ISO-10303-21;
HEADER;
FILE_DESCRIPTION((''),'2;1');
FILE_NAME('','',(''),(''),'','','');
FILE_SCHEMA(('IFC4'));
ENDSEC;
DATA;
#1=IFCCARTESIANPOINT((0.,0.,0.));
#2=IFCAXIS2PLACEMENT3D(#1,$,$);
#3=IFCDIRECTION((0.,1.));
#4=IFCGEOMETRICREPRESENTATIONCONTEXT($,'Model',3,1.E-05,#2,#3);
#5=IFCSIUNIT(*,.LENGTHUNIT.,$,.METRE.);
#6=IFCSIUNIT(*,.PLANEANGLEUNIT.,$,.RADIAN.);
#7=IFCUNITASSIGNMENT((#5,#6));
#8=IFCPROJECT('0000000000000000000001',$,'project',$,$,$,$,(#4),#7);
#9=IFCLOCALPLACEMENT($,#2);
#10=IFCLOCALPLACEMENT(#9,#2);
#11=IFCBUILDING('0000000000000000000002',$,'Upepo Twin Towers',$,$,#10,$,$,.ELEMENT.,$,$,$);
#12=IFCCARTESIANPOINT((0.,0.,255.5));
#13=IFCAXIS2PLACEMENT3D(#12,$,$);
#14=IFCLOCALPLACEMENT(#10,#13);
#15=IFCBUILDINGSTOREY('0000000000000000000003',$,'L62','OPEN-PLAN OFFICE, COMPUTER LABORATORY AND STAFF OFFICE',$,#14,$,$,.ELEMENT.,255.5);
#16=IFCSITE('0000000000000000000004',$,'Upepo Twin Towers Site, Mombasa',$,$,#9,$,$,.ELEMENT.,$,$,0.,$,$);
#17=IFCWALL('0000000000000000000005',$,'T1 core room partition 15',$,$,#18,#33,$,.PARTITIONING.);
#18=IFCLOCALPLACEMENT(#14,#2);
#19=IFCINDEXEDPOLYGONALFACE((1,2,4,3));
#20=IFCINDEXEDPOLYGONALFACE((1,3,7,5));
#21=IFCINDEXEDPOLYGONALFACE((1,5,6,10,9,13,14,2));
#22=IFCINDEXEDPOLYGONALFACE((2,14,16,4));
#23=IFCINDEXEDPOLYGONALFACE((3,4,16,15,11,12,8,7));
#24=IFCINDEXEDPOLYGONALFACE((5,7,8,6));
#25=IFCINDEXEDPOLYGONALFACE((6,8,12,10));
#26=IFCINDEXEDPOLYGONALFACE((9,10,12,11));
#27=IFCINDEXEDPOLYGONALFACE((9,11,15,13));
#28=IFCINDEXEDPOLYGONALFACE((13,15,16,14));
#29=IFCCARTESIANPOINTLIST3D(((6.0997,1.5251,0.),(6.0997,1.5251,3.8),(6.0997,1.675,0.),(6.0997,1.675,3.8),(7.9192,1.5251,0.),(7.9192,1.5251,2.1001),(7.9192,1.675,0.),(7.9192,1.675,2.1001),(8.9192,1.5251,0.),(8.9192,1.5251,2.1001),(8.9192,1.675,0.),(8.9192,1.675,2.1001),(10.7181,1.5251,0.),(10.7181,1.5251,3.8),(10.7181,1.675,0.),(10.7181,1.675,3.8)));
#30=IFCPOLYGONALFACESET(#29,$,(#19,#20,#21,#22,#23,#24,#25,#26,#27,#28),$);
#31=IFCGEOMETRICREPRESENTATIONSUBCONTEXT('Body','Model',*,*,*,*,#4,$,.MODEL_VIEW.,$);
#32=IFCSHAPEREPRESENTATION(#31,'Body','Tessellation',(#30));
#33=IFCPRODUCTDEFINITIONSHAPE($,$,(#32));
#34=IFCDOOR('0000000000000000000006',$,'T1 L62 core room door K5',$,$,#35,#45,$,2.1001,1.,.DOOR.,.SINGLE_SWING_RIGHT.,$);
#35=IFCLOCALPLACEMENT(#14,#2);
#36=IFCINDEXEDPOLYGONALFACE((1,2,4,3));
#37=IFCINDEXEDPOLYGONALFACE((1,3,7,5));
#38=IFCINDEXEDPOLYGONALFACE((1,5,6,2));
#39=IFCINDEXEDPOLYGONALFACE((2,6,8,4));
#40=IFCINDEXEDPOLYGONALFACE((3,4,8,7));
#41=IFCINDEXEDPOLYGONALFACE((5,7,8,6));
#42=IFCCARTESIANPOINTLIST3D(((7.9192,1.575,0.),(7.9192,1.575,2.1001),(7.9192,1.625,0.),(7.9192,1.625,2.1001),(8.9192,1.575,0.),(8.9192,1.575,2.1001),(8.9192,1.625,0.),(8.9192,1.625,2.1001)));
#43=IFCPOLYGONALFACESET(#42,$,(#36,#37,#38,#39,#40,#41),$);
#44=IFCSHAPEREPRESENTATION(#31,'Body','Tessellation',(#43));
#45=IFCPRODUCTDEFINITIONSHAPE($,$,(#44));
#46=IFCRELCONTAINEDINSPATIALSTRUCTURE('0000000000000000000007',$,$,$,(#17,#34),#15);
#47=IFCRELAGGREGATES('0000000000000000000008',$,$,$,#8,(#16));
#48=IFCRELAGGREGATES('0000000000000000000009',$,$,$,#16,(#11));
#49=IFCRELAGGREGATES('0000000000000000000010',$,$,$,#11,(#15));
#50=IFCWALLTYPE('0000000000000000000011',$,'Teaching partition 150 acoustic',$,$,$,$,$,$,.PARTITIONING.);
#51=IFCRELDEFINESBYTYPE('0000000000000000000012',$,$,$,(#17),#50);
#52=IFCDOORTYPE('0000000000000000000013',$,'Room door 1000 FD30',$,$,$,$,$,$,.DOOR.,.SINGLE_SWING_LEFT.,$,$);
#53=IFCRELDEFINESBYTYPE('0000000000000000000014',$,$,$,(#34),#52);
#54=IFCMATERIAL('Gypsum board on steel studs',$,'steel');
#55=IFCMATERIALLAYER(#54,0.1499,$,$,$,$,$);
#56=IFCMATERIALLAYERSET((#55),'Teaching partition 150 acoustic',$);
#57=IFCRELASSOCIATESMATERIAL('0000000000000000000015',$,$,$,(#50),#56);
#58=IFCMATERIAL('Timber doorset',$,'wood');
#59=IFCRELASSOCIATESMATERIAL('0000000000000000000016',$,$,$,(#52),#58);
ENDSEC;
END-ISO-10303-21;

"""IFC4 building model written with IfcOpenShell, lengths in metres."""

from ifc_helpers import new_model, si_unit, direction, frame, frame_2d, origin, place, context, subcontext, project, spatial, rectangle, extrude, material, layer, layer_set, type_object, element, fill, save


model = new_model("IFC4")

# Units and contexts
model_context = context("Model", 3, precision=1e-05, world=origin(), true_north=direction((0.0, 1.0)))
body_context = subcontext(model_context, "Body", "Model", "MODEL_VIEW")
ifc_project = project(units=[si_unit("LENGTHUNIT", "METRE"), si_unit("PLANEANGLEUNIT", "RADIAN")], contexts=[model_context])

# Site, building, storey
site_placement = place(None, origin())
site = spatial("IfcSite", under=ifc_project, at=site_placement, Name="Upepo Twin Towers Site, Mombasa", CompositionType="ELEMENT", RefElevation=0.0)
building_placement = place(site_placement, origin())
building = spatial("IfcBuilding", under=site, at=building_placement, Name="Upepo Twin Towers", CompositionType="ELEMENT")
storey_placement = place(building_placement, frame((0.0, 0.0, 255.5)))
storey = spatial("IfcBuildingStorey", under=building, at=storey_placement, Name="L62", Description="OPEN-PLAN OFFICE, COMPUTER LABORATORY AND STAFF OFFICE", CompositionType="ELEMENT", Elevation=255.5)

# Shared definitions
ifc_material_1 = material(Name="Gypsum board on steel studs", Category="steel")
ifc_layer_1 = layer(ifc_material_1, 0.1499)
ifc_layer_set_1 = layer_set([ifc_layer_1], Name="Teaching partition 150 acoustic")
wall_type_1 = type_object("IfcWallType", Name="Teaching partition 150 acoustic", PredefinedType="PARTITIONING", material=ifc_layer_set_1)

# Wall, opening, door
wall_1_placement = place(storey_placement, frame((6.0999, 1.6001, 0.0), z_axis=(0.0, 0.0, 1.0), x_axis=(1.0, 0.0, 0.0)))
wall_1 = element("IfcWall", 1, at=wall_1_placement, inside=storey, type_object=wall_type_1, Name="T1 core room partition 15", PredefinedType="PARTITIONING", context=body_context, shape_type="SweptSolid", body=[
    extrude(rectangle(XDim=4.6184, YDim=0.1499, at=frame_2d((2.3091, 0.0))), origin(), (0.0, 0.0, 1.0), 3.8),
])
opening_1_placement = place(wall_1_placement, frame((1.8193, 0.0, 0.0)))
opening_1 = element("IfcOpeningElement", 2, at=opening_1_placement, cuts=wall_1, PredefinedType="OPENING", context=body_context, shape_type="SweptSolid", body=[
    extrude(rectangle(XDim=1.0, YDim=2.1001, at=frame_2d((0.5, 1.05))), frame((0.0, 0.085, 0.0), z_axis=(0.0, -1.0, 0.0), x_axis=(1.0, 0.0, 0.0)), (0.0, 0.0, 1.0), 0.1699),
])
ifc_material_2 = material(Name="Timber doorset", Category="wood")
door_type_1 = type_object("IfcDoorType", Name="Room door 1000 FD30", OperationType="SINGLE_SWING_LEFT", PredefinedType="DOOR", material=ifc_material_2)
door_1_placement = place(opening_1_placement, origin())
door_1 = element("IfcDoor", 3, at=door_1_placement, inside=storey, type_object=door_type_1, Name="T1 L62 core room door K5", OperationType="SINGLE_SWING_RIGHT", OverallHeight=2.1001, OverallWidth=1.0, PredefinedType="DOOR", context=body_context, shape_type="SweptSolid", body=[
    extrude(rectangle(XDim=1.0, YDim=2.1001, at=frame_2d((0.5, 1.05))), frame((0.0, 0.0249, 0.0), z_axis=(0.0, -1.0, 0.0), x_axis=(1.0, 0.0, 0.0)), (0.0, 0.0, 1.0), 0.05),
])
fill(opening_1, door_1)

save(model, "model.ifc")
